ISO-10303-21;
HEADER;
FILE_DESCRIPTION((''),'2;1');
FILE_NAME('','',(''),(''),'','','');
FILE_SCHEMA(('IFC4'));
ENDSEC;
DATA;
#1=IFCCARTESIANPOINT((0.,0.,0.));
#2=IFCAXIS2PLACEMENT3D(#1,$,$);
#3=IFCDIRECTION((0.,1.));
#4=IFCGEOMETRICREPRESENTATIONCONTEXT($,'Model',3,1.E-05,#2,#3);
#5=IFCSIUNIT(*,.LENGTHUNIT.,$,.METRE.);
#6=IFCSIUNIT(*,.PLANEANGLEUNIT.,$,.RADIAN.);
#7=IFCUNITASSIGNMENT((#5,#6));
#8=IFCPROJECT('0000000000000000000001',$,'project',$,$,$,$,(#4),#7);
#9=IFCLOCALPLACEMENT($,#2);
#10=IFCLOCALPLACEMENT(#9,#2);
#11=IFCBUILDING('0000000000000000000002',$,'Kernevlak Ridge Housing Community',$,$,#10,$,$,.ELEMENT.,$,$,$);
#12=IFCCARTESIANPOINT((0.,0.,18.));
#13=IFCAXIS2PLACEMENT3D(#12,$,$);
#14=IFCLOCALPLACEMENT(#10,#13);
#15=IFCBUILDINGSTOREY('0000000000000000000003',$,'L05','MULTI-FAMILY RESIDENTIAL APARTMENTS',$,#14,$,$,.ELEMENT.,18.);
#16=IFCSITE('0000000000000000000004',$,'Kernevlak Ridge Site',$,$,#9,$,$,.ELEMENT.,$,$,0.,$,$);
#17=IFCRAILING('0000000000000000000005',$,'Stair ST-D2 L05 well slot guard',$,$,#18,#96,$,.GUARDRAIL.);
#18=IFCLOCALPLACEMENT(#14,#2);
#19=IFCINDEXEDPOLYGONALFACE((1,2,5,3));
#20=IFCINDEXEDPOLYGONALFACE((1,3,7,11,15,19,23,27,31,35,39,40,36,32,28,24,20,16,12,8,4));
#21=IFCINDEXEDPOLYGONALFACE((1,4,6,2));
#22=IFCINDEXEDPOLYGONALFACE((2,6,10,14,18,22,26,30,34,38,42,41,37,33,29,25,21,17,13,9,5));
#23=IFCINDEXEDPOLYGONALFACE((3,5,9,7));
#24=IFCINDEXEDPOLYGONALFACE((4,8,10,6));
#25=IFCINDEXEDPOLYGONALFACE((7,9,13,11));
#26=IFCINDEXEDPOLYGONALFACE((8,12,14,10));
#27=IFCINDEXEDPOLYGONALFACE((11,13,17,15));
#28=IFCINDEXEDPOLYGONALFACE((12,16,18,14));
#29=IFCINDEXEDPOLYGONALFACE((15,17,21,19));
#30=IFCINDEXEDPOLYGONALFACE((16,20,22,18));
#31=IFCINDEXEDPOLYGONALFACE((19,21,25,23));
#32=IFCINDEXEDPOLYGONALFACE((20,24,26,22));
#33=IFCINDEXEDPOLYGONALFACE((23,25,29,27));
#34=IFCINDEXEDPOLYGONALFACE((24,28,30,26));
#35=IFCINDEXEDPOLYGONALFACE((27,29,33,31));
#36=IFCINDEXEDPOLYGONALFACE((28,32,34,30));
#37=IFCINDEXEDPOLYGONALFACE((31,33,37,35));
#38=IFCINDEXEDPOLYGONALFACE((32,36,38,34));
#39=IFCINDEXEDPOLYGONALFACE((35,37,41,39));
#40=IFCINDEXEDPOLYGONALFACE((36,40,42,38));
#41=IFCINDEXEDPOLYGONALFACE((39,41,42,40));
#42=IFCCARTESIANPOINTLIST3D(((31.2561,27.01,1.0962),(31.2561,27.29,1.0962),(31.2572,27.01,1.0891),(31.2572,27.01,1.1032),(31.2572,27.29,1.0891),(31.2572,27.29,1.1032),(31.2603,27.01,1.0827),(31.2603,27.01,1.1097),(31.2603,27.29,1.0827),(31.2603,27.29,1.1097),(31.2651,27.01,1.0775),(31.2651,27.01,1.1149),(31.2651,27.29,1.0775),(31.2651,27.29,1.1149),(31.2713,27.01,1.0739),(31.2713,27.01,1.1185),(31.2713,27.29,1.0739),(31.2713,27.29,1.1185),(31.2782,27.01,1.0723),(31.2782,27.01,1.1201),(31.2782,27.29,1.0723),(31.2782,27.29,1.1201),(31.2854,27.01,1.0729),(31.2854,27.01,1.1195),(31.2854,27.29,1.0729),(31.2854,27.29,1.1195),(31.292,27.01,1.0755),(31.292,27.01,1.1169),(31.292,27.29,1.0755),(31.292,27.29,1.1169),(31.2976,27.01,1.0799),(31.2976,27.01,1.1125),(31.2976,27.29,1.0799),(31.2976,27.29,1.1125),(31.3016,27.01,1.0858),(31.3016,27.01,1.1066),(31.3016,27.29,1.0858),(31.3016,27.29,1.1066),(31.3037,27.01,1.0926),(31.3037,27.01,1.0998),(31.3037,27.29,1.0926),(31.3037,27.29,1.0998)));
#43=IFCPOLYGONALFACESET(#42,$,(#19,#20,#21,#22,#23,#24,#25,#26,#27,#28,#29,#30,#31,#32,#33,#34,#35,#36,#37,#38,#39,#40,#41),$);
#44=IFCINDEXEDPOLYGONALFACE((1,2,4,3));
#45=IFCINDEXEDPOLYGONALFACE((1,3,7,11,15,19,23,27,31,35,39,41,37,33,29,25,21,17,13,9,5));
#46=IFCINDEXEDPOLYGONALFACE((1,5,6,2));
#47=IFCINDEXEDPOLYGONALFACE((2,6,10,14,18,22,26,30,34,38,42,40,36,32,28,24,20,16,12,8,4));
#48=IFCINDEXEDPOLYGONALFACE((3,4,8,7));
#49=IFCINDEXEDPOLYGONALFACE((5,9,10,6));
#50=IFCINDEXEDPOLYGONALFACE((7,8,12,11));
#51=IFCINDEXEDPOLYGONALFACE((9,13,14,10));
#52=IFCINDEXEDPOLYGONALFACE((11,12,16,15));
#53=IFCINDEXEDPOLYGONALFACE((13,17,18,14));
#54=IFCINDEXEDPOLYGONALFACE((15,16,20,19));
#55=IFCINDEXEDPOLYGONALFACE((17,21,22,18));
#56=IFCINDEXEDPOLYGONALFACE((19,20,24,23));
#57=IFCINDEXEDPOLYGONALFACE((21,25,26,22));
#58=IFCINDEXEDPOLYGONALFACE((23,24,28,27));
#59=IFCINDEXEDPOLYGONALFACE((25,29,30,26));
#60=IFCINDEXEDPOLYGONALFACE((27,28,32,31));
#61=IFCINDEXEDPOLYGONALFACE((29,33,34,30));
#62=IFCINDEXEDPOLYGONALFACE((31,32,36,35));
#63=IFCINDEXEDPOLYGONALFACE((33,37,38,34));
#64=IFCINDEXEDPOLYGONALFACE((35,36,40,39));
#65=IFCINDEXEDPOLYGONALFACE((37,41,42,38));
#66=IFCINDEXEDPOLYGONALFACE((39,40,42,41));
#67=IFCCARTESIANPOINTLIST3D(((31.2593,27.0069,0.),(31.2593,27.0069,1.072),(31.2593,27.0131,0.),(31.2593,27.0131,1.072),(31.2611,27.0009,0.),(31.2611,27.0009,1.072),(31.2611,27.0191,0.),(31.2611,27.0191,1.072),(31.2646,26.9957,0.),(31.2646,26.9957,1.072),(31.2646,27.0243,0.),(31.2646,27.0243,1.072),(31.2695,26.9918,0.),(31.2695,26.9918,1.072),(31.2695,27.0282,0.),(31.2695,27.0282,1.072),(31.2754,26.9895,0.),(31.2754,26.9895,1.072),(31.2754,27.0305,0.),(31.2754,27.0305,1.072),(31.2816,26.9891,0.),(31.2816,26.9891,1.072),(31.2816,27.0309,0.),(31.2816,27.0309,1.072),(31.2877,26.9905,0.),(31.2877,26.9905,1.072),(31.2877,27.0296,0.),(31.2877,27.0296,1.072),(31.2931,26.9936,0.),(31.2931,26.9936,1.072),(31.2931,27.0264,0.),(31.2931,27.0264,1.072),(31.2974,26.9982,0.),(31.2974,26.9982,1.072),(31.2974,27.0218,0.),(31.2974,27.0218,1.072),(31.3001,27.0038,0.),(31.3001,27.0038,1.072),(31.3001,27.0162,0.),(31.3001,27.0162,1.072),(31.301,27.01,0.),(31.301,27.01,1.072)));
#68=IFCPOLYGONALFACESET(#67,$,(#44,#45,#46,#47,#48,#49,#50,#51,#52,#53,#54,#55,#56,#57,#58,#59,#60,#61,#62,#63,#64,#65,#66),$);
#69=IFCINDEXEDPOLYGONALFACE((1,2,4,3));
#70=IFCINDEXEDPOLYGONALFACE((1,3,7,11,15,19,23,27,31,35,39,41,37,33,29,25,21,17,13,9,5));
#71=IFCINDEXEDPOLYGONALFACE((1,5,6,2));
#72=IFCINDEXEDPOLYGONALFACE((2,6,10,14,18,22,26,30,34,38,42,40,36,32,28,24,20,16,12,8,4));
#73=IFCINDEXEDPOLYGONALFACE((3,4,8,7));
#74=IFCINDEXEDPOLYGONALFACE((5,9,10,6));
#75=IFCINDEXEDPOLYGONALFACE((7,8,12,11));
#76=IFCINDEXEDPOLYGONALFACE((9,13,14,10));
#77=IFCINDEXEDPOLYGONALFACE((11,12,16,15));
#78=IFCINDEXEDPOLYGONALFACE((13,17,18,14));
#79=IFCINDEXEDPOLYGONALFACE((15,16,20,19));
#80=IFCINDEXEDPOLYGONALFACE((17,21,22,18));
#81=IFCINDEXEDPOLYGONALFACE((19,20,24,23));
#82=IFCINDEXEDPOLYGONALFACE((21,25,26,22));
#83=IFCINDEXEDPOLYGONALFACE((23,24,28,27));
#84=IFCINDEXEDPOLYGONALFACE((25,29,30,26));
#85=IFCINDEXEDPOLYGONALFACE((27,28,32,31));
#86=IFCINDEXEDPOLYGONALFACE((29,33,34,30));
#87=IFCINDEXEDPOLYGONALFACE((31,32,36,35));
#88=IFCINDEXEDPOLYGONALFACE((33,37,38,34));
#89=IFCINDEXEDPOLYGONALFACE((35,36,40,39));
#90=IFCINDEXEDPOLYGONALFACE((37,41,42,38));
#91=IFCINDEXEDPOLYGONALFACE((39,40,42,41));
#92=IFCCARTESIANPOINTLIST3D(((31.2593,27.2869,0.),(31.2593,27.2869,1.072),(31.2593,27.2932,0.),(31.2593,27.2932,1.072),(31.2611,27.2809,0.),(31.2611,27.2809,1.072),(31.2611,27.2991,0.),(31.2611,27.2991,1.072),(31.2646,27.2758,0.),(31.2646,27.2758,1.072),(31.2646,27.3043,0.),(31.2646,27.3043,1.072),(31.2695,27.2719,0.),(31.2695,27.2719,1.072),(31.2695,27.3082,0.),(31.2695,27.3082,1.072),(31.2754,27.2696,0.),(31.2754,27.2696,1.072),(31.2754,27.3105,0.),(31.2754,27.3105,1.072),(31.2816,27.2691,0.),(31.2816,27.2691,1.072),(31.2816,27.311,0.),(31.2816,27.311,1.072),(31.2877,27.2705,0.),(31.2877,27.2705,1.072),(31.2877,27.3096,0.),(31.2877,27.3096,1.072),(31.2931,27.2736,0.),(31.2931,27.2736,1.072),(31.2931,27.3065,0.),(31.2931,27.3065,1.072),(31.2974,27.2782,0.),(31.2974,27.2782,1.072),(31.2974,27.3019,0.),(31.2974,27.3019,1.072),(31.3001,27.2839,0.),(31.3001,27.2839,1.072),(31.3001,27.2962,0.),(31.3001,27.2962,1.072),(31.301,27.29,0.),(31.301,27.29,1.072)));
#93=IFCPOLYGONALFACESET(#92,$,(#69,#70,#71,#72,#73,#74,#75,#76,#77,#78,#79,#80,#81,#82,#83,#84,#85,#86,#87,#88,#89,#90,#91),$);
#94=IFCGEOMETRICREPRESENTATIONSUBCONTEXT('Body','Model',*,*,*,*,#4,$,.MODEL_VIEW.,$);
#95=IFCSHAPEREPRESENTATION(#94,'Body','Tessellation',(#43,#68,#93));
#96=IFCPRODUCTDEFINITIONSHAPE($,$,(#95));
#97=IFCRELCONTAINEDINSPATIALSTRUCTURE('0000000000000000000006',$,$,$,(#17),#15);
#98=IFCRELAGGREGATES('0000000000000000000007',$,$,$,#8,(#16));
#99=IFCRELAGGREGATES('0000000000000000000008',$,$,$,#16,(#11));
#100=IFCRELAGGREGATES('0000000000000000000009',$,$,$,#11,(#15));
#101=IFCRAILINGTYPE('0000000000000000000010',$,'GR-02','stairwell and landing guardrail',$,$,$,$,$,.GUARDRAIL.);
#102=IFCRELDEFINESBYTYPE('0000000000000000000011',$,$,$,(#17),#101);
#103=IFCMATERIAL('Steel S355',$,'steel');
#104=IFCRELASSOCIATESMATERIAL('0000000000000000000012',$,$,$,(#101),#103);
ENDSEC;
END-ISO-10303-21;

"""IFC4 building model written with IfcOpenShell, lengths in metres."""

from ifc_helpers import new_model, si_unit, direction, frame, origin, origin_2d, place, context, subcontext, project, spatial, circle, extrude, material, type_object, element, save


model = new_model("IFC4")

# Units and contexts
model_context = context("Model", 3, precision=1e-05, world=origin(), true_north=direction((0.0, 1.0)))
body_context = subcontext(model_context, "Body", "Model", "MODEL_VIEW")
ifc_project = project(units=[si_unit("LENGTHUNIT", "METRE"), si_unit("PLANEANGLEUNIT", "RADIAN")], contexts=[model_context])

# Site, building, storey
site_placement = place(None, origin())
site = spatial("IfcSite", under=ifc_project, at=site_placement, Name="Kernevlak Ridge Site", CompositionType="ELEMENT", RefElevation=0.0)
building_placement = place(site_placement, origin())
building = spatial("IfcBuilding", under=site, at=building_placement, Name="Kernevlak Ridge Housing Community", CompositionType="ELEMENT")
storey_placement = place(building_placement, frame((0.0, 0.0, 18.0)))
storey = spatial("IfcBuildingStorey", under=building, at=storey_placement, Name="L05", Description="MULTI-FAMILY RESIDENTIAL APARTMENTS", CompositionType="ELEMENT", Elevation=18.0)

# Railing
ifc_material_1 = material(Name="Steel S355", Category="steel")
railing_type_1 = type_object("IfcRailingType", Name="GR-02", Description="stairwell and landing guardrail", PredefinedType="GUARDRAIL", material=ifc_material_1)
railing_1_placement = place(storey_placement, frame((31.28, 27.01, 0.0)))
element("IfcRailing", 1, at=railing_1_placement, inside=storey, type_object=railing_type_1, Name="Stair ST-D2 L05 well slot guard", PredefinedType="GUARDRAIL", context=body_context, shape_type="SweptSolid", body=[
    extrude(circle(Radius=0.0239, at=origin_2d()), frame((0.0, 0.0, 1.0962), z_axis=(0.0, 1.0, 0.0), x_axis=(-1.0, 0.0, 0.0)), (0.0, 0.0, 1.0), 0.28),
    extrude(circle(Radius=0.021, at=origin_2d()), origin(), (0.0, 0.0, 1.0), 1.072),
    extrude(circle(Radius=0.021, at=origin_2d()), frame((0.0, 0.28, 0.0)), (0.0, 0.0, 1.0), 1.072),
])

save(model, "model.ifc")
